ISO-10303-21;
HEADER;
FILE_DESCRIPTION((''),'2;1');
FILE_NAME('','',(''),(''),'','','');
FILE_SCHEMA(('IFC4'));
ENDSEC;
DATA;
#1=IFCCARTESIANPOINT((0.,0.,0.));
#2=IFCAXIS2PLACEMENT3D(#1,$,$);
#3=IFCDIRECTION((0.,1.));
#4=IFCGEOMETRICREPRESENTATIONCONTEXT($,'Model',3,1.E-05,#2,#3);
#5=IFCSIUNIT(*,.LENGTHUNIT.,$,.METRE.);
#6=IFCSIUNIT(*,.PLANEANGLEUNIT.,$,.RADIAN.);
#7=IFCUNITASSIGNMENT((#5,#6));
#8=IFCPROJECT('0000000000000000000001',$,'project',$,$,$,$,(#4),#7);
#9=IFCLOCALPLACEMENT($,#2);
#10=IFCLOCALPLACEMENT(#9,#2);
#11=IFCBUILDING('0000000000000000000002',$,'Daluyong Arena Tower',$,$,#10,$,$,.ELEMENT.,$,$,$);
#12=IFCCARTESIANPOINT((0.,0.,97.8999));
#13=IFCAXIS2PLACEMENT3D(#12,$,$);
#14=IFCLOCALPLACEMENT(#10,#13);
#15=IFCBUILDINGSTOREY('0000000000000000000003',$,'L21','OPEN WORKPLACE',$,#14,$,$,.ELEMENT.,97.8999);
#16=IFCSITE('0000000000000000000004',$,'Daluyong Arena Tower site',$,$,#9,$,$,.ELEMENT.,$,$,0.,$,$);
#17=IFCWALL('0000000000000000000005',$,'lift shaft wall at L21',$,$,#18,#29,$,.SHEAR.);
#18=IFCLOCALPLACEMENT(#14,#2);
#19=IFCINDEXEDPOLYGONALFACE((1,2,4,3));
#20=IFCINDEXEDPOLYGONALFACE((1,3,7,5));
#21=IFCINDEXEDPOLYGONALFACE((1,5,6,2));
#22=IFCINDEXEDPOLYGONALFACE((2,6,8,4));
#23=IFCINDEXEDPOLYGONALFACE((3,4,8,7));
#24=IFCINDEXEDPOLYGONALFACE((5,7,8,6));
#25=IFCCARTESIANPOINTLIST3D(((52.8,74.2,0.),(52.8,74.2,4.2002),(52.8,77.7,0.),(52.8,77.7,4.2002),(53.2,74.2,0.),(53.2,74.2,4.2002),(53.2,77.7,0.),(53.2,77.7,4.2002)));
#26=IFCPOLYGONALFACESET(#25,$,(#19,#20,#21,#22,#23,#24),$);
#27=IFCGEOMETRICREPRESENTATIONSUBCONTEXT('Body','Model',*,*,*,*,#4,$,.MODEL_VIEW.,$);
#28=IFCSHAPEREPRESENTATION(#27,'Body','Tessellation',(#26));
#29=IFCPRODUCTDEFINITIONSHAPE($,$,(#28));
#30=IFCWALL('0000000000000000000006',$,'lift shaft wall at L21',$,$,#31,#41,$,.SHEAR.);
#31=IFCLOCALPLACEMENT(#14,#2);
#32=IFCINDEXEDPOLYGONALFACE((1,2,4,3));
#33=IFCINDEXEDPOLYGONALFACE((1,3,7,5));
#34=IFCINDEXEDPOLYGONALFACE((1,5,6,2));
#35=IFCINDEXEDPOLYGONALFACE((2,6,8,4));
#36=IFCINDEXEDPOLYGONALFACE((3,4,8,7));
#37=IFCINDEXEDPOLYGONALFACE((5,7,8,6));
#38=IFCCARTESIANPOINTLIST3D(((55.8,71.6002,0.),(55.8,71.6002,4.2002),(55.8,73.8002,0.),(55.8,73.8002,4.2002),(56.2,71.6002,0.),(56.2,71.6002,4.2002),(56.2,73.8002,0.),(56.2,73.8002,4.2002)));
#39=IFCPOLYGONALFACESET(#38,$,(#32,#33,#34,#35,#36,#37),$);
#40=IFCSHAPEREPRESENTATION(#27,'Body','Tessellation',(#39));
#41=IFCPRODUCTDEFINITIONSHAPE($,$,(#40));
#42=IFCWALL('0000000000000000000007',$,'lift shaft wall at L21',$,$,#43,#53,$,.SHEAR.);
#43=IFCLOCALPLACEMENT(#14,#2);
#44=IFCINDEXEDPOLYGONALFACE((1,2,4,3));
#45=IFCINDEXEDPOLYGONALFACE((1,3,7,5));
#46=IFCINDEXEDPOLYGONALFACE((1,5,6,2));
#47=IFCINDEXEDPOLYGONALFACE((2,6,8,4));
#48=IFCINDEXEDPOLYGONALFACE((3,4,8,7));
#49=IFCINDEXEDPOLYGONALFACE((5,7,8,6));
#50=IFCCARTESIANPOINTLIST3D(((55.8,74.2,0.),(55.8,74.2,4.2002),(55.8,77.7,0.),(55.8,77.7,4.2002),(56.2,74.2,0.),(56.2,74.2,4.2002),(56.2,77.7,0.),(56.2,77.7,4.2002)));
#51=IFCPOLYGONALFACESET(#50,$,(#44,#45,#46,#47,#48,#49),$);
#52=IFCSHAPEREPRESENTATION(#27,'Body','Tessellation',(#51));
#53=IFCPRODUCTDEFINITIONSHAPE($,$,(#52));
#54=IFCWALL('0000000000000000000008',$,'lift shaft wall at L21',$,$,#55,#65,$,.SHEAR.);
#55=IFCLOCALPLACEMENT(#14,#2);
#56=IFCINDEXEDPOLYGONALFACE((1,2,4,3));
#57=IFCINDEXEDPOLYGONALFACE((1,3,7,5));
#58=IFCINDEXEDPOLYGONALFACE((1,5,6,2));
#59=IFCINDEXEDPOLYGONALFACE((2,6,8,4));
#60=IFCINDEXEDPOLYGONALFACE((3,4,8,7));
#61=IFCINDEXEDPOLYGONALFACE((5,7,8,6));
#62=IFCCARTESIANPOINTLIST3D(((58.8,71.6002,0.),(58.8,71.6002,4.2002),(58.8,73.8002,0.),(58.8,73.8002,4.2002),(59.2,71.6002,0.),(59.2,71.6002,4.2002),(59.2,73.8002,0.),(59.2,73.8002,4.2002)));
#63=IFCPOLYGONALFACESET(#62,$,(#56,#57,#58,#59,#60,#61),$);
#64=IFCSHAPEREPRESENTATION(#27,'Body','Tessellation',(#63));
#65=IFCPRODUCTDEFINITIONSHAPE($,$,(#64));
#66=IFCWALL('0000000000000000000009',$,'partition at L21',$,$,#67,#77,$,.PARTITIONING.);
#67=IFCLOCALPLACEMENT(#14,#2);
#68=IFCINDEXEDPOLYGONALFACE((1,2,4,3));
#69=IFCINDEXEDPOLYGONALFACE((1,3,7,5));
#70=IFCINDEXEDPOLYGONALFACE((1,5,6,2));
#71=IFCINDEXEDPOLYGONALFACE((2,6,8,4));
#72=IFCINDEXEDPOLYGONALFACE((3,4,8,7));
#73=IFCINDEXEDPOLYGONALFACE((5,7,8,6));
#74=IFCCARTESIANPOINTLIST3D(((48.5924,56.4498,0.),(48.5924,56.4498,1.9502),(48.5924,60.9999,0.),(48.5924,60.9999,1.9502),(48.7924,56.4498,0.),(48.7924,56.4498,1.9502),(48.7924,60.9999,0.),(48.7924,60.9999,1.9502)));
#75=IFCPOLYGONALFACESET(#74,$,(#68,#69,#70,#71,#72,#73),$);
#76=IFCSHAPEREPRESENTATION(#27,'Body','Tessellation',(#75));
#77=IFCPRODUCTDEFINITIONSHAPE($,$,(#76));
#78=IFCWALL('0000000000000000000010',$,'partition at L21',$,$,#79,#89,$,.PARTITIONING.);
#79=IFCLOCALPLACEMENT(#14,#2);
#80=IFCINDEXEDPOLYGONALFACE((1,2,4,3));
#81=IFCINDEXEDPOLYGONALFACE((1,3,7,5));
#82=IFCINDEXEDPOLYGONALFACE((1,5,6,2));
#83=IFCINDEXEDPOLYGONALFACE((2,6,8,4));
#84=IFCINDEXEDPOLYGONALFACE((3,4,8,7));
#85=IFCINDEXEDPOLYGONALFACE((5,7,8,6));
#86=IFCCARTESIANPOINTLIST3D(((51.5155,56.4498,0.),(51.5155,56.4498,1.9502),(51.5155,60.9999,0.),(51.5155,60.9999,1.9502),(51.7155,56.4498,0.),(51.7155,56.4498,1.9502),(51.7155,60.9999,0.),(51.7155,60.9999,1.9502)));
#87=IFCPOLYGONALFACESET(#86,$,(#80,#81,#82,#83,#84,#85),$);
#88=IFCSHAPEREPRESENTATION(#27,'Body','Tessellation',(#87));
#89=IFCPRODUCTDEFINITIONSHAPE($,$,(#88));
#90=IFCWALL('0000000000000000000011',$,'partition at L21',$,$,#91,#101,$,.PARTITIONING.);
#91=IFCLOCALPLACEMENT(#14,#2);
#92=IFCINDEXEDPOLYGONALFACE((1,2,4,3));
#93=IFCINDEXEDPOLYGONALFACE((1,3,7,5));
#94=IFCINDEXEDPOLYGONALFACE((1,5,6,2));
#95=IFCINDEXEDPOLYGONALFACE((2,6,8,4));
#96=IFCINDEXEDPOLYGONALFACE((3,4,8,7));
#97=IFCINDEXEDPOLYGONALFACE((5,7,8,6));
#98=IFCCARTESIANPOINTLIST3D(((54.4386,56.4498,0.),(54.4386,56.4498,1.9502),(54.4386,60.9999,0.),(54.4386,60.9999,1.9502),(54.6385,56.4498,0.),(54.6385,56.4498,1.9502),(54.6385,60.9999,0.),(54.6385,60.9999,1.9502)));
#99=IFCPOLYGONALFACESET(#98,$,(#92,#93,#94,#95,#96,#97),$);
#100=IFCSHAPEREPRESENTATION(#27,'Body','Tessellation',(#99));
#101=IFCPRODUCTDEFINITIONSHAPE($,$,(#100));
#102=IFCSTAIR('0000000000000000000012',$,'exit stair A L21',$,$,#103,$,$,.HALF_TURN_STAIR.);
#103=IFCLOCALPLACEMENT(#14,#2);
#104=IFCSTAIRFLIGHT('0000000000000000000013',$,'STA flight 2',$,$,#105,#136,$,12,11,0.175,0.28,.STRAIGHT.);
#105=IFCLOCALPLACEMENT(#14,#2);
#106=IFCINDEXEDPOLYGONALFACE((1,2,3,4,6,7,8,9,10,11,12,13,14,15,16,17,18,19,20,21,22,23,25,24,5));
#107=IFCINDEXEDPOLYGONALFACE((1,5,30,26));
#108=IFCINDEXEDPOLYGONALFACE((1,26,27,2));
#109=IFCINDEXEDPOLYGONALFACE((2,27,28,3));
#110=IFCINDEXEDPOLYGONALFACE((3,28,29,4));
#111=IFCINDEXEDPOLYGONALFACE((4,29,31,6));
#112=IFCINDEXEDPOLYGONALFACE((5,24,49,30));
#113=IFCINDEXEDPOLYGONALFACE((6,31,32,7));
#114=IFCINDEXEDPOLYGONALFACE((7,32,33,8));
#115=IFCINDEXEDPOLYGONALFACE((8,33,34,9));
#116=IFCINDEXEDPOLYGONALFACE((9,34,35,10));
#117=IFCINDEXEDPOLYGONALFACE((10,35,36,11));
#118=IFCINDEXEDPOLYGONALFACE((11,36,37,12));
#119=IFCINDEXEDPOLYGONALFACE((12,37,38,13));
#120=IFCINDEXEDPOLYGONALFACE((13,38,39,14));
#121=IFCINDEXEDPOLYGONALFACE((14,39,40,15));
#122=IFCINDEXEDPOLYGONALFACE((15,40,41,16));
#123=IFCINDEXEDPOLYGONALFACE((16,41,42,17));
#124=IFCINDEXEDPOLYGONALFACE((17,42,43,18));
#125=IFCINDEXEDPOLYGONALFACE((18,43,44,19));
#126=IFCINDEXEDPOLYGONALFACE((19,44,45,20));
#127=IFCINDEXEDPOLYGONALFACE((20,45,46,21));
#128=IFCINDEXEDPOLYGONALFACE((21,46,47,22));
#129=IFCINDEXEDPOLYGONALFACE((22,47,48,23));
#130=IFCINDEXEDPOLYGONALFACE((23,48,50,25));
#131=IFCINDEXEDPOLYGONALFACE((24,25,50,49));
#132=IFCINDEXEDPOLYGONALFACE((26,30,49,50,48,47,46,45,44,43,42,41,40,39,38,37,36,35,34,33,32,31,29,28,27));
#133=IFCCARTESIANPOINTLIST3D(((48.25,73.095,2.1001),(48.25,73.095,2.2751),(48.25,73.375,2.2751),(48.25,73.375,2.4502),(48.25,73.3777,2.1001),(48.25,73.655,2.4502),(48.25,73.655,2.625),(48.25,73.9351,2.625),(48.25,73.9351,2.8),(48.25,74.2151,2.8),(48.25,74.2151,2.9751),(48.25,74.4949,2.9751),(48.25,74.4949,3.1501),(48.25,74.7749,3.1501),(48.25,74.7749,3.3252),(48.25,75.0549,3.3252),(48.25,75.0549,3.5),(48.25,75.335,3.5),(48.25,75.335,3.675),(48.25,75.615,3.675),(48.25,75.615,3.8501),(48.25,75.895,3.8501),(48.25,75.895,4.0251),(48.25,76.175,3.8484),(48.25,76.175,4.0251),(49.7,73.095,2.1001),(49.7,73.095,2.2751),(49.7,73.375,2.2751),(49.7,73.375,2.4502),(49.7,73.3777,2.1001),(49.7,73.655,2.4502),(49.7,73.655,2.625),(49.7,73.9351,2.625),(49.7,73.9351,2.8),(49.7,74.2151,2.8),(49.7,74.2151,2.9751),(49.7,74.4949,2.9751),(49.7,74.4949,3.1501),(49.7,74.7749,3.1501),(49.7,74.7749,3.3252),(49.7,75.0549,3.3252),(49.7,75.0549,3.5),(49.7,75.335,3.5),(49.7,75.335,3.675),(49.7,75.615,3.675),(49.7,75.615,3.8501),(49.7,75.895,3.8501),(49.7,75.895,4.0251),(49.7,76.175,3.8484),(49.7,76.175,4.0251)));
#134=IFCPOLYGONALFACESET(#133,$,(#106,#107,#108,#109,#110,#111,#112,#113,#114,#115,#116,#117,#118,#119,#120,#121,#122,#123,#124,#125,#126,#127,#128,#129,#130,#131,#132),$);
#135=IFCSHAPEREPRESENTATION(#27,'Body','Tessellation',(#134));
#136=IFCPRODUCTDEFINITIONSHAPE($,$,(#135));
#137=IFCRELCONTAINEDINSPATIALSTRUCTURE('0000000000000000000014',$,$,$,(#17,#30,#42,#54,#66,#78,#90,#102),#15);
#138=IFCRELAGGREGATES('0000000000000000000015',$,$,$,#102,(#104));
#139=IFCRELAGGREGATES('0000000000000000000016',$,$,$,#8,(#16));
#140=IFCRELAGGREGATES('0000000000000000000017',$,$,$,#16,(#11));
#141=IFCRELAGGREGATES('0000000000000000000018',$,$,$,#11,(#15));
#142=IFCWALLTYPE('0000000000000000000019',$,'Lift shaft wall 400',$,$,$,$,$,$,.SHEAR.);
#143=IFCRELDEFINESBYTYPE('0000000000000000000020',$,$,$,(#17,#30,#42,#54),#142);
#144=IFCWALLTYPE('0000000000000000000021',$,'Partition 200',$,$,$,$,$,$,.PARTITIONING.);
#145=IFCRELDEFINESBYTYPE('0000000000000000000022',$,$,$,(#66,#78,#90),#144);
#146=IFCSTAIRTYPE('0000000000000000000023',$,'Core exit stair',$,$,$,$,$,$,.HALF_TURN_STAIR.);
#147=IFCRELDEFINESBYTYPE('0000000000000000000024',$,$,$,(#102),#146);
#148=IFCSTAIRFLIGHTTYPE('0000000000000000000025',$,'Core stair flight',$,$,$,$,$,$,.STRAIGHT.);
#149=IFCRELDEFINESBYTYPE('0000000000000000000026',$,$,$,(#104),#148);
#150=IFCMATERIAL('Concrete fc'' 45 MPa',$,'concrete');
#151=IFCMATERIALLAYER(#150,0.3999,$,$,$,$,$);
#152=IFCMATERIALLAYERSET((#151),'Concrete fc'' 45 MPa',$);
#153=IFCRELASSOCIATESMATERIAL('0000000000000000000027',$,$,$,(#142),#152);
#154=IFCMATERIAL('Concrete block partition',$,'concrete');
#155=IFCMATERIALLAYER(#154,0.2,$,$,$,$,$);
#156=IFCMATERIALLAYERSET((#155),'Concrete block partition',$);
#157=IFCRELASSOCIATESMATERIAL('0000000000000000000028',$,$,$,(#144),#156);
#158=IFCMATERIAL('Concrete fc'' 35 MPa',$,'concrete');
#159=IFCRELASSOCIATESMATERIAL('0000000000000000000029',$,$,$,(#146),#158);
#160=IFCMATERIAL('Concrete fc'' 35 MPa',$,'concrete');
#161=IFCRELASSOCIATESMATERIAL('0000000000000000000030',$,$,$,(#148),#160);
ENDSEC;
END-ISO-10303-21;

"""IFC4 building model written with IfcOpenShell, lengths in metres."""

from ifc_helpers import new_model, si_unit, direction, frame, frame_2d, origin, place, context, subcontext, project, spatial, polyline, rectangle, outline, extrude, material, layer, layer_set, type_object, element, aggregate, save


model = new_model("IFC4")

# Units and contexts
model_context = context("Model", 3, precision=1e-05, world=origin(), true_north=direction((0.0, 1.0)))
body_context = subcontext(model_context, "Body", "Model", "MODEL_VIEW")
ifc_project = project(units=[si_unit("LENGTHUNIT", "METRE"), si_unit("PLANEANGLEUNIT", "RADIAN")], contexts=[model_context])

# Site, building, storey
site_placement = place(None, origin())
site = spatial("IfcSite", under=ifc_project, at=site_placement, Name="Daluyong Arena Tower site", CompositionType="ELEMENT", RefElevation=0.0)
building_placement = place(site_placement, origin())
building = spatial("IfcBuilding", under=site, at=building_placement, Name="Daluyong Arena Tower", CompositionType="ELEMENT")
storey_placement = place(building_placement, frame((0.0, 0.0, 97.8999)))
storey = spatial("IfcBuildingStorey", under=building, at=storey_placement, Name="L21", Description="OPEN WORKPLACE", CompositionType="ELEMENT", Elevation=97.8999)

# Walls
ifc_material_1 = material(Name="Concrete fc' 45 MPa", Category="concrete")
ifc_layer_1 = layer(ifc_material_1, 0.3999)
ifc_layer_set_1 = layer_set([ifc_layer_1], Name="Concrete fc' 45 MPa")
wall_type_1 = type_object("IfcWallType", Name="Lift shaft wall 400", PredefinedType="SHEAR", material=ifc_layer_set_1)
wall_1_placement = place(storey_placement, frame((53.0, 74.2, 0.0), z_axis=(0.0, 0.0, 1.0), x_axis=(0.0, 1.0, 0.0)))
element("IfcWall", 1, at=wall_1_placement, inside=storey, type_object=wall_type_1, Name="lift shaft wall at L21", PredefinedType="SHEAR", context=body_context, shape_type="SweptSolid", body=[
    extrude(rectangle(XDim=3.5, YDim=0.3999, at=frame_2d((1.75, 0.0))), origin(), (0.0, 0.0, 1.0), 4.2002),
])
wall_2_placement = place(storey_placement, frame((56.0, 71.6001, 0.0), z_axis=(0.0, 0.0, 1.0), x_axis=(0.0, 1.0, 0.0)))
element("IfcWall", 2, at=wall_2_placement, inside=storey, type_object=wall_type_1, Name="lift shaft wall at L21", PredefinedType="SHEAR", context=body_context, shape_type="SweptSolid", body=[
    extrude(rectangle(XDim=2.2, YDim=0.3999, at=frame_2d((1.1001, 0.0))), origin(), (0.0, 0.0, 1.0), 4.2002),
])
wall_3_placement = place(storey_placement, frame((56.0, 74.2, 0.0), z_axis=(0.0, 0.0, 1.0), x_axis=(0.0, 1.0, 0.0)))
element("IfcWall", 3, at=wall_3_placement, inside=storey, type_object=wall_type_1, Name="lift shaft wall at L21", PredefinedType="SHEAR", context=body_context, shape_type="SweptSolid", body=[
    extrude(rectangle(XDim=3.5, YDim=0.3999, at=frame_2d((1.75, 0.0))), origin(), (0.0, 0.0, 1.0), 4.2002),
])
wall_4_placement = place(storey_placement, frame((59.0, 71.6001, 0.0), z_axis=(0.0, 0.0, 1.0), x_axis=(0.0, 1.0, 0.0)))
element("IfcWall", 4, at=wall_4_placement, inside=storey, type_object=wall_type_1, Name="lift shaft wall at L21", PredefinedType="SHEAR", context=body_context, shape_type="SweptSolid", body=[
    extrude(rectangle(XDim=2.2, YDim=0.3999, at=frame_2d((1.1001, 0.0))), origin(), (0.0, 0.0, 1.0), 4.2002),
])
ifc_material_2 = material(Name="Concrete block partition", Category="concrete")
ifc_layer_2 = layer(ifc_material_2, 0.2)
ifc_layer_set_2 = layer_set([ifc_layer_2], Name="Concrete block partition")
wall_type_2 = type_object("IfcWallType", Name="Partition 200", PredefinedType="PARTITIONING", material=ifc_layer_set_2)
for number, where, z_axis, x_axis, name in (
    (5, (48.6924, 56.45, 0.0), (0.0, 0.0, 1.0), (0.0, 1.0, 0.0), "partition at L21"),
    (6, (51.6155, 56.45, 0.0), (0.0, 0.0, 1.0), (0.0, 1.0, 0.0), "partition at L21"),
    (7, (54.5386, 56.45, 0.0), (0.0, 0.0, 1.0), (0.0, 1.0, 0.0), "partition at L21"),
):
    element("IfcWall", number, at=place(storey_placement, frame(where, z_axis=z_axis, x_axis=x_axis)), inside=storey, type_object=wall_type_2, Name=name, PredefinedType="PARTITIONING", context=body_context, shape_type="SweptSolid", body=[
        extrude(rectangle(XDim=4.55, YDim=0.2, at=frame_2d((2.2749, 0.0))), origin(), (0.0, 0.0, 1.0), 1.9502),
    ])

# Stair, stair flight
ifc_material_3 = material(Name="Concrete fc' 35 MPa", Category="concrete")
stair_type = type_object("IfcStairType", Name="Core exit stair", PredefinedType="HALF_TURN_STAIR", material=ifc_material_3)
stair_placement = place(storey_placement, origin())
stair = element("IfcStair", 8, at=stair_placement, inside=storey, type_object=stair_type, Name="exit stair A L21", PredefinedType="HALF_TURN_STAIR")
ifc_material_4 = material(Name="Concrete fc' 35 MPa", Category="concrete")
stair_flight_type = type_object("IfcStairFlightType", Name="Core stair flight", PredefinedType="STRAIGHT", material=ifc_material_4)
stair_flight_placement = place(storey_placement, frame((48.9751, 73.095, 2.1001), z_axis=(0.0, 0.0, 1.0), x_axis=(0.0, 1.0, 0.0)))
stair_flight = element("IfcStairFlight", 9, at=stair_flight_placement, type_object=stair_flight_type, Name="STA flight 2", NumberOfRisers=12, NumberOfTreads=11, PredefinedType="STRAIGHT", RiserHeight=0.175, TreadLength=0.28, context=body_context, shape_type="SweptSolid", body=[
    extrude(outline(polyline([(0.0, 0.0), (0.0, 0.175), (0.28, 0.175), (0.28, 0.3501), (0.5601, 0.3501), (0.5601, 0.5249), (0.8401, 0.5249), (0.8401, 0.7), (1.1201, 0.7), (1.1201, 0.875), (1.3999, 0.875), (1.3999, 1.05), (1.6799, 1.05), (1.6799, 1.2251), (1.96, 1.2251), (1.96, 1.3999), (2.24, 1.3999), (2.24, 1.575), (2.52, 1.575), (2.52, 1.75), (2.8, 1.75), (2.8, 1.925), (3.0801, 1.925), (3.0801, 2.1001), (3.0801, 1.7483), (0.2827, 0.0), (0.0, 0.0)])), frame((0.0, 0.7251, 0.0), z_axis=(0.0, -1.0, 0.0), x_axis=(1.0, 0.0, 0.0)), (0.0, 0.0, 1.0), 1.45),
])
aggregate(stair, [stair_flight])

save(model, "model.ifc")
